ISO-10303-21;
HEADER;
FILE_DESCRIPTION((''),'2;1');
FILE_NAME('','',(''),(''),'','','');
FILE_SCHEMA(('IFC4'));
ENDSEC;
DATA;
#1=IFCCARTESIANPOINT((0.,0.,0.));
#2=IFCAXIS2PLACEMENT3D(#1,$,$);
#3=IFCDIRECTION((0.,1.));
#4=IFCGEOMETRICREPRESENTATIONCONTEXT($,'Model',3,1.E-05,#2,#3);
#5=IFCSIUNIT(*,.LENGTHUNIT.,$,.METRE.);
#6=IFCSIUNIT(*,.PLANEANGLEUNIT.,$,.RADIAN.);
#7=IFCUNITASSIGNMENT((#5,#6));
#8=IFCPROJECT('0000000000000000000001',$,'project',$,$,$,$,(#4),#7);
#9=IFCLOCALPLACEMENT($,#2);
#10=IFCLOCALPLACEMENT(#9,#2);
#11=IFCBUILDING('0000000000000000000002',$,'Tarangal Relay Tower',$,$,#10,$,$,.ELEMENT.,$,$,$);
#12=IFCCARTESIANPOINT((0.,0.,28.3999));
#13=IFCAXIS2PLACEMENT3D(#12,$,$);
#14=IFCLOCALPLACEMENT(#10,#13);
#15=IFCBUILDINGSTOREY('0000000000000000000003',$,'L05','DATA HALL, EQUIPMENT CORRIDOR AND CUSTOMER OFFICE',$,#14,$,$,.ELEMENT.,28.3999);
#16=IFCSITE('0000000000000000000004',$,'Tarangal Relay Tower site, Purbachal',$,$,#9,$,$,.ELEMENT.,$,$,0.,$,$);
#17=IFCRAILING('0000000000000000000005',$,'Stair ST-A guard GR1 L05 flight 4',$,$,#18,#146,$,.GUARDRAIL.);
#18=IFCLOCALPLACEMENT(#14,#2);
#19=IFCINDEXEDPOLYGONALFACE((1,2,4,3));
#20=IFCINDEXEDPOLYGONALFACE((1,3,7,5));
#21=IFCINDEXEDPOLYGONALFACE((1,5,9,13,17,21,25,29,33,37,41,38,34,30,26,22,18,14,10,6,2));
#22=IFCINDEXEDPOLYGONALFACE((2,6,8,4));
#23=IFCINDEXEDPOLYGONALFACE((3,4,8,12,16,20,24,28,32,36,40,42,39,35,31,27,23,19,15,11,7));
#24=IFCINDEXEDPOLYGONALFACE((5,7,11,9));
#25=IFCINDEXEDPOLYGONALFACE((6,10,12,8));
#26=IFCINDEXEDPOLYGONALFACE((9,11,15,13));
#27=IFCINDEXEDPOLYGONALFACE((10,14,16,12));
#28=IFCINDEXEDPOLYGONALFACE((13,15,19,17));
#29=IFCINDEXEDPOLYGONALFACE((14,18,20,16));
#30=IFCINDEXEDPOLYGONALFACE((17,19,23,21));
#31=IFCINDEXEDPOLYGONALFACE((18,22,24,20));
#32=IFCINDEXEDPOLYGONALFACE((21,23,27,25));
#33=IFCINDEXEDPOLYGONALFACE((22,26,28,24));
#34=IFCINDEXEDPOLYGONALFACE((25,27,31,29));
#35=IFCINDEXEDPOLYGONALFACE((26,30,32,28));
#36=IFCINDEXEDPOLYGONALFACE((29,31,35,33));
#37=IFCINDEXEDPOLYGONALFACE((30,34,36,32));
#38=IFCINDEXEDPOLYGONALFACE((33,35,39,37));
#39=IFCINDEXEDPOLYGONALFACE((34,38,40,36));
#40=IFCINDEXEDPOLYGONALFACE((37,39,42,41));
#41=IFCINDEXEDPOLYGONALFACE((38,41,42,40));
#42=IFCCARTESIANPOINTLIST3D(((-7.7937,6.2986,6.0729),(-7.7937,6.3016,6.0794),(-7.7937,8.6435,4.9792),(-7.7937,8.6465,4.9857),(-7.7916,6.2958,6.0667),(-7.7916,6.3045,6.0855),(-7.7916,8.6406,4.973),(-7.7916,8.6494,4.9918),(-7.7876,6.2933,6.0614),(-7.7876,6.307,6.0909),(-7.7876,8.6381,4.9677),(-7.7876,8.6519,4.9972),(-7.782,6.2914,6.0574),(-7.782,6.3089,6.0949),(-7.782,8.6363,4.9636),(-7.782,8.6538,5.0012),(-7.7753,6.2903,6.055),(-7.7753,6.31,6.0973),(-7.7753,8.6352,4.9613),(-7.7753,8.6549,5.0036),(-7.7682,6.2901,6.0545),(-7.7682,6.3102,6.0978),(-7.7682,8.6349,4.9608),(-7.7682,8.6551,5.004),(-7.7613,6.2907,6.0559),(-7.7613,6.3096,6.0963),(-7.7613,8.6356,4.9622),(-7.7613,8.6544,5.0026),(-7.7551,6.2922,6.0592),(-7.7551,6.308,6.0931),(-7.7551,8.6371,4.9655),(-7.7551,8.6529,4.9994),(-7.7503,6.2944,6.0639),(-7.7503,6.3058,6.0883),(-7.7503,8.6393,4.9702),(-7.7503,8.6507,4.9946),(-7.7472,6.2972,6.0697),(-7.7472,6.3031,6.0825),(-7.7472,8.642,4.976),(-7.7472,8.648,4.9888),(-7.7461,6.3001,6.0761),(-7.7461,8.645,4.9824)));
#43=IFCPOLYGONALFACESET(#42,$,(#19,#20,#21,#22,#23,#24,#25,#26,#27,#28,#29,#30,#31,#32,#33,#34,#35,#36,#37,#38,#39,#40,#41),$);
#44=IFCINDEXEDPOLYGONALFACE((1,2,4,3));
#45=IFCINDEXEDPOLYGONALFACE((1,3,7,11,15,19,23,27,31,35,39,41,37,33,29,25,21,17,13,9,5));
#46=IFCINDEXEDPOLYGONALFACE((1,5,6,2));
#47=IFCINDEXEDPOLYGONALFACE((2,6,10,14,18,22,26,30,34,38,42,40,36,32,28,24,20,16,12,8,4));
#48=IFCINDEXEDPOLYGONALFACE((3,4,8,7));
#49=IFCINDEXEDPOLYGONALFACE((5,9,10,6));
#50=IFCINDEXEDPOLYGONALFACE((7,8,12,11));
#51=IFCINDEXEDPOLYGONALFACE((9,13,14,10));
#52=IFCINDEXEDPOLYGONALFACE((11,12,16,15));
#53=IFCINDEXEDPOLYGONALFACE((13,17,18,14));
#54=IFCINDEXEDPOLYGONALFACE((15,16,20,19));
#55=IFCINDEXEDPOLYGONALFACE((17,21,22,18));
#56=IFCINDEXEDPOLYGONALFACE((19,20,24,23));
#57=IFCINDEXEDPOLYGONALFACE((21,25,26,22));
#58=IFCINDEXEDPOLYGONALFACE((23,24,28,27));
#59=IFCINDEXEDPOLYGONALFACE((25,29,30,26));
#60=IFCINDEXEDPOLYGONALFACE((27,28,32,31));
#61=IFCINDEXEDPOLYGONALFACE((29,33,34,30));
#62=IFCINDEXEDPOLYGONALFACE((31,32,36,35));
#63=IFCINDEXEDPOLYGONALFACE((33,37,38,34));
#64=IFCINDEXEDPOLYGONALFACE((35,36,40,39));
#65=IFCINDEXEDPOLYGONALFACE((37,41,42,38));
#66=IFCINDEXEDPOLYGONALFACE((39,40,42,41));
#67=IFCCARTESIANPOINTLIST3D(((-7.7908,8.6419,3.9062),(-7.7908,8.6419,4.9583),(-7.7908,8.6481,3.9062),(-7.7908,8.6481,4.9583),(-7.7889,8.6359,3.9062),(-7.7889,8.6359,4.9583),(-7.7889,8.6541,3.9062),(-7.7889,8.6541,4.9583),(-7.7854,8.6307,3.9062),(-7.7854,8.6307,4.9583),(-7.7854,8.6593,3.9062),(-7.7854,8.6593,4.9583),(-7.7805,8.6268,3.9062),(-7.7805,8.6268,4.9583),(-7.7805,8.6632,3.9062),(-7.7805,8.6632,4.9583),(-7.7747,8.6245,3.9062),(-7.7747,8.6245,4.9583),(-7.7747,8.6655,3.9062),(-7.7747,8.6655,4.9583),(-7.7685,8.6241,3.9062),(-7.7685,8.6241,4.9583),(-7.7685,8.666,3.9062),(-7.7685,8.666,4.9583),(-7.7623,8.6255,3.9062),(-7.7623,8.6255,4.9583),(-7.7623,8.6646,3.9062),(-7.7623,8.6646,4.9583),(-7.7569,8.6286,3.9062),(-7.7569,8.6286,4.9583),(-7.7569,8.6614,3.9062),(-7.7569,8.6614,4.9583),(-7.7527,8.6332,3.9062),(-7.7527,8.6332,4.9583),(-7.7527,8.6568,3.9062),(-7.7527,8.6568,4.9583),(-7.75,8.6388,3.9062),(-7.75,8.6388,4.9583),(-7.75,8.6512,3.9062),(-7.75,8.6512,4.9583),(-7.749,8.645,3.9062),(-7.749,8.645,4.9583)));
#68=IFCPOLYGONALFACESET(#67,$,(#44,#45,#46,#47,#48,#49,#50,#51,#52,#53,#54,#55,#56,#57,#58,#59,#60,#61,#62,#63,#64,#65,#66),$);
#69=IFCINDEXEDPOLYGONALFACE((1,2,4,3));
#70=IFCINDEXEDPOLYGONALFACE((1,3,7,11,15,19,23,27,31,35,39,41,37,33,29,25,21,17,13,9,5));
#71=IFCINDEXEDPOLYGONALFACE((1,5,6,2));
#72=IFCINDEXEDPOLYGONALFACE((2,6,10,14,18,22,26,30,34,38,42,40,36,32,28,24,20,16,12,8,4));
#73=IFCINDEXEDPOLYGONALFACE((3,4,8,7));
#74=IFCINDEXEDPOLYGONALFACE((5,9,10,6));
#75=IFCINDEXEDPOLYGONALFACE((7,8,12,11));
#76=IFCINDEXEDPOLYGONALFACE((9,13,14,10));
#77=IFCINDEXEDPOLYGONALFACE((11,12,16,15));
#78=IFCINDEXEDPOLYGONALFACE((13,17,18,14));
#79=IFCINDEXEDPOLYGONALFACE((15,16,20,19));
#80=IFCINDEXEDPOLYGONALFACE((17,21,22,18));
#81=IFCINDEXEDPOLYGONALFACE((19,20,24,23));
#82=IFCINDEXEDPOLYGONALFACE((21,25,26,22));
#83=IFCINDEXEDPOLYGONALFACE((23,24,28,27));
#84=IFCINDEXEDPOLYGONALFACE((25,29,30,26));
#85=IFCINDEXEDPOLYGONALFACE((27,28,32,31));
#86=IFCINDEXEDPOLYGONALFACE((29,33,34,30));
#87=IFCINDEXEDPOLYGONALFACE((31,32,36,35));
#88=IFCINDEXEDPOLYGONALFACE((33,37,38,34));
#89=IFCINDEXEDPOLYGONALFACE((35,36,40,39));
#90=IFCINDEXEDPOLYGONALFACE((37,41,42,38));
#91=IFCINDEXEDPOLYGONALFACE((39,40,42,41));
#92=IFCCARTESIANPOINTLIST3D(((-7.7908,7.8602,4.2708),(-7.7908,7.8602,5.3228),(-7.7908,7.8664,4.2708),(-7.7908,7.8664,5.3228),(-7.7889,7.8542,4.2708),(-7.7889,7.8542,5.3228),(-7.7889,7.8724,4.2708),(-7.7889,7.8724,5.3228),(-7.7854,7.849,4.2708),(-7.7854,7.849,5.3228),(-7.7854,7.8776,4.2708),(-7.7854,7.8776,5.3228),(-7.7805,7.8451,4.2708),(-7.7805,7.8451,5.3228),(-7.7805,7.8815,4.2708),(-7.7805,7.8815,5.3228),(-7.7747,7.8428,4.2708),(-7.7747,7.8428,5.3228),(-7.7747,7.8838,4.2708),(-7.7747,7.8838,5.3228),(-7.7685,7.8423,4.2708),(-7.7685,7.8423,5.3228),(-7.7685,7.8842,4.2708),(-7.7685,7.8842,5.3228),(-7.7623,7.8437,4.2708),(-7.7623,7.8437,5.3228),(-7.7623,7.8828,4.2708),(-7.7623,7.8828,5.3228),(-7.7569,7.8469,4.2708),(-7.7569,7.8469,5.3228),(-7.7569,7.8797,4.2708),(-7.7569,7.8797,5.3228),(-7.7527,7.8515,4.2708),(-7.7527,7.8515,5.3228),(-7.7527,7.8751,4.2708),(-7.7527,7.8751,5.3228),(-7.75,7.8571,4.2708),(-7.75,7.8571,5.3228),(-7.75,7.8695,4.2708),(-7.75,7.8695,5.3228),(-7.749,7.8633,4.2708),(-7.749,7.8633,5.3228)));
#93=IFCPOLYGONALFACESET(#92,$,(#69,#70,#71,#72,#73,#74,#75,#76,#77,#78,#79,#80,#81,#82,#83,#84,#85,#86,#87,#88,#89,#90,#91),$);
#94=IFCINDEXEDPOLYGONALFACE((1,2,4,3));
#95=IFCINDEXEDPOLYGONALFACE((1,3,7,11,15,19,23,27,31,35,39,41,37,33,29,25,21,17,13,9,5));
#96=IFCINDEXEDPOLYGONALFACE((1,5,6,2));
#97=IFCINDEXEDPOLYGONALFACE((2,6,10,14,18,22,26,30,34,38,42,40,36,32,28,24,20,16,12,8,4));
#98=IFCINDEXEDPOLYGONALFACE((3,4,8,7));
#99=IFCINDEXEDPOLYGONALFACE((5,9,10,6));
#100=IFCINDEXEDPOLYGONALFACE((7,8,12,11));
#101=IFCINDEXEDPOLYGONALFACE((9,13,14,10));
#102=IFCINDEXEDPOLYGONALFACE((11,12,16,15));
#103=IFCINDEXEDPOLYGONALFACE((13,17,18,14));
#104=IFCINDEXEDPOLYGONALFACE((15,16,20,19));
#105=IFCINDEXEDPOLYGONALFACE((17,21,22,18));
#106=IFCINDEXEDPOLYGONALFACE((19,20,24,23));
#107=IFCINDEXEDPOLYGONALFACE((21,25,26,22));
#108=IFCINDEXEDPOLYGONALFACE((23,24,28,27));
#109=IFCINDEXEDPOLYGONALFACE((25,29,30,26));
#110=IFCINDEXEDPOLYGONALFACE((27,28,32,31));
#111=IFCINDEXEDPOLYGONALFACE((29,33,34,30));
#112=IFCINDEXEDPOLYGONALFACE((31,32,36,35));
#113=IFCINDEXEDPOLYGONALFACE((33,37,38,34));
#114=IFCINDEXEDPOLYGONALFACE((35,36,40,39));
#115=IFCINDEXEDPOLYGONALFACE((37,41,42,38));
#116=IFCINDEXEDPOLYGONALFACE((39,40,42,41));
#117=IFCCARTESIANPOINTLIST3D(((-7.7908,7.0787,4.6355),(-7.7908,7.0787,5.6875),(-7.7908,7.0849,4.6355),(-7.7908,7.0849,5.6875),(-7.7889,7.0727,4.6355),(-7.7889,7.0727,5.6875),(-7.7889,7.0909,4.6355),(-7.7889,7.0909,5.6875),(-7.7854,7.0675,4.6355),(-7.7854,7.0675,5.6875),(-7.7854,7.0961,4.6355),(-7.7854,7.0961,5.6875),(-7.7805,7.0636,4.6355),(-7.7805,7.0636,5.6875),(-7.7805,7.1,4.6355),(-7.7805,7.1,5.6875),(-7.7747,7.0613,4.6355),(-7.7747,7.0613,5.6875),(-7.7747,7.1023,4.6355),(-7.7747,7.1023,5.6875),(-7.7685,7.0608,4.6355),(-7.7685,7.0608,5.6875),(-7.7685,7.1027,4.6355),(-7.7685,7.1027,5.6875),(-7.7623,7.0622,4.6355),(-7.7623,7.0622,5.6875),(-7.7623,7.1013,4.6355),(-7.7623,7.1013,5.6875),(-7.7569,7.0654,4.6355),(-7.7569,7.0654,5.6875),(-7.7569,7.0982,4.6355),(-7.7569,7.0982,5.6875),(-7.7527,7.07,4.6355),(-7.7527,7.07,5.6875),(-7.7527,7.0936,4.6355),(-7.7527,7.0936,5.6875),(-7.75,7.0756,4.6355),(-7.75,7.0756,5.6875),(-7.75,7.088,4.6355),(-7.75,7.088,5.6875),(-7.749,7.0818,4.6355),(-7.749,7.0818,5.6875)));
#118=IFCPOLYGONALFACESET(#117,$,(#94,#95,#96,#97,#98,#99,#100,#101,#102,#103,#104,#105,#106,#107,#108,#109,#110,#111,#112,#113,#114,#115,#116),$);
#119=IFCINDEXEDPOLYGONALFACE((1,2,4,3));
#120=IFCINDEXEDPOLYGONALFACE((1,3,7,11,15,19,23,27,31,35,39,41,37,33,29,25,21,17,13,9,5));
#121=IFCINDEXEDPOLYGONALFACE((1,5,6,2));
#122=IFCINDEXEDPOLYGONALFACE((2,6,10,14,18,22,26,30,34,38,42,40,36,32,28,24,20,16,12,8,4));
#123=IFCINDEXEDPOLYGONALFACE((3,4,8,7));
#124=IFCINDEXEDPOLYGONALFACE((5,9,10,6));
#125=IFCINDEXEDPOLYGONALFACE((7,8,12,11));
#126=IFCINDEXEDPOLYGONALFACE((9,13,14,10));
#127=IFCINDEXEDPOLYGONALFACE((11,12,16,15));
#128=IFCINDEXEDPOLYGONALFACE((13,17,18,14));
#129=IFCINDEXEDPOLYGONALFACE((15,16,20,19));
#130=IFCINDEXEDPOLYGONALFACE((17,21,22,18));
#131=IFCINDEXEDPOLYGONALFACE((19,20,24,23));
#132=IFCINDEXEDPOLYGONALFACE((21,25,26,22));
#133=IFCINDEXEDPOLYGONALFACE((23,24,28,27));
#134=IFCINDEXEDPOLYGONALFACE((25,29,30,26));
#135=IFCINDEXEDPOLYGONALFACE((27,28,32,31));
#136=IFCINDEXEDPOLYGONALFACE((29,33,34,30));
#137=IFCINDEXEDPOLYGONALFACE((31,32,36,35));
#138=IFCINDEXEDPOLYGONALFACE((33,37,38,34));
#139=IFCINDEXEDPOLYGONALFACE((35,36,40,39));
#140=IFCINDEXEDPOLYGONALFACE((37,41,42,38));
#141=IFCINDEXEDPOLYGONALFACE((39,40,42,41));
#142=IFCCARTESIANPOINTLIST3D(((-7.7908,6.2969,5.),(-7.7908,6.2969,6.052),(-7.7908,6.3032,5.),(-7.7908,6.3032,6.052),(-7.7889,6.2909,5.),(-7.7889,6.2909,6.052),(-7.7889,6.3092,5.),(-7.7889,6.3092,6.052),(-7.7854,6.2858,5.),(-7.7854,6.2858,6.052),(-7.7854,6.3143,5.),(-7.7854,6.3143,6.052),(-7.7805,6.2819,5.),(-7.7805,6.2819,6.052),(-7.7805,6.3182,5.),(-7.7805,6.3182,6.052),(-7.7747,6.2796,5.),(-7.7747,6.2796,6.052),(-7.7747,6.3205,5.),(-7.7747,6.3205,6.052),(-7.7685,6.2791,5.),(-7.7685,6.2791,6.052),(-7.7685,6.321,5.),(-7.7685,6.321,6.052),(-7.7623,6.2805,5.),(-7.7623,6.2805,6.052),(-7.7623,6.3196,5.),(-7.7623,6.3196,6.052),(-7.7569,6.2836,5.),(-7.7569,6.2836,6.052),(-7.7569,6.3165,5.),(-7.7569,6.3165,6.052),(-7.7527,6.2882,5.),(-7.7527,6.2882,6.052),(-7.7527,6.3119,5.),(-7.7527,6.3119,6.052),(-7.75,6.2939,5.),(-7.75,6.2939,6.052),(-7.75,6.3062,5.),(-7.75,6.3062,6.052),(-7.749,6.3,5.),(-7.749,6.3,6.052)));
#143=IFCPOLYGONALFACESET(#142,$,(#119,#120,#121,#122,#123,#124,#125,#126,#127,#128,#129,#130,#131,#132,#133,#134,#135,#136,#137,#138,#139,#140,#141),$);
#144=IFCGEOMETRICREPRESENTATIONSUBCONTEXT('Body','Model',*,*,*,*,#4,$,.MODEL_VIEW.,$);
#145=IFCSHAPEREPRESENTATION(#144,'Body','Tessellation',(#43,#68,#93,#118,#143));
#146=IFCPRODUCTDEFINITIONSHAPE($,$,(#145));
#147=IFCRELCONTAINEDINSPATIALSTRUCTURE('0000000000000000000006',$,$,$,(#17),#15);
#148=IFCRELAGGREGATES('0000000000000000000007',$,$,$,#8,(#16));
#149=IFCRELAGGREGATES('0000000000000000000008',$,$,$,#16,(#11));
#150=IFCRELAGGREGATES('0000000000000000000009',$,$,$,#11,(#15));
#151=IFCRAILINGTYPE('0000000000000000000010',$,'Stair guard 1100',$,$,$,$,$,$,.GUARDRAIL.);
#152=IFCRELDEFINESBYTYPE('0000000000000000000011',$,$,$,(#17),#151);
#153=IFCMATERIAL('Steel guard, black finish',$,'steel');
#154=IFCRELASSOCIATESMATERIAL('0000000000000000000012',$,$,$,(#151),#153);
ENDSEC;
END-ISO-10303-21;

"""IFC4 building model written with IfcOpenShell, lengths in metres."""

from ifc_helpers import new_model, si_unit, direction, frame, origin, origin_2d, place, context, subcontext, project, spatial, circle, extrude, material, type_object, element, save


model = new_model("IFC4")

# Units and contexts
model_context = context("Model", 3, precision=1e-05, world=origin(), true_north=direction((0.0, 1.0)))
body_context = subcontext(model_context, "Body", "Model", "MODEL_VIEW")
ifc_project = project(units=[si_unit("LENGTHUNIT", "METRE"), si_unit("PLANEANGLEUNIT", "RADIAN")], contexts=[model_context])

# Site, building, storey
site_placement = place(None, origin())
site = spatial("IfcSite", under=ifc_project, at=site_placement, Name="Tarangal Relay Tower site, Purbachal", CompositionType="ELEMENT", RefElevation=0.0)
building_placement = place(site_placement, origin())
building = spatial("IfcBuilding", under=site, at=building_placement, Name="Tarangal Relay Tower", CompositionType="ELEMENT")
storey_placement = place(building_placement, frame((0.0, 0.0, 28.3999)))
storey = spatial("IfcBuildingStorey", under=building, at=storey_placement, Name="L05", Description="DATA HALL, EQUIPMENT CORRIDOR AND CUSTOMER OFFICE", CompositionType="ELEMENT", Elevation=28.3999)

# Railing
ifc_material_1 = material(Name="Steel guard, black finish", Category="steel")
railing_type_1 = type_object("IfcRailingType", Name="Stair guard 1100", PredefinedType="GUARDRAIL", material=ifc_material_1)
for number, where, name in (
    (1, (-7.77, 8.645, 3.9062), "Stair ST-A guard GR1 L05 flight 4"),
):
    element("IfcRailing", number, at=place(storey_placement, frame(where)), inside=storey, type_object=railing_type_1, Name=name, PredefinedType="GUARDRAIL", context=body_context, shape_type="SweptSolid", body=[
        extrude(circle(Radius=0.0239, at=origin_2d()), frame((0.0, 0.0, 1.0762), z_axis=(0.0, -0.906267, 0.422705), x_axis=(1.0, 0.0, 0.0)), (0.0, 0.0, 1.0), 2.5874),
        extrude(circle(Radius=0.021, at=origin_2d()), origin(), (0.0, 0.0, 1.0), 1.052),
        extrude(circle(Radius=0.021, at=origin_2d()), frame((0.0, -0.7817, 0.3645)), (0.0, 0.0, 1.0), 1.052),
        extrude(circle(Radius=0.021, at=origin_2d()), frame((0.0, -1.5632, 0.7292)), (0.0, 0.0, 1.0), 1.052),
        extrude(circle(Radius=0.021, at=origin_2d()), frame((0.0, -2.345, 1.0938)), (0.0, 0.0, 1.0), 1.052),
    ])

save(model, "model.ifc")
